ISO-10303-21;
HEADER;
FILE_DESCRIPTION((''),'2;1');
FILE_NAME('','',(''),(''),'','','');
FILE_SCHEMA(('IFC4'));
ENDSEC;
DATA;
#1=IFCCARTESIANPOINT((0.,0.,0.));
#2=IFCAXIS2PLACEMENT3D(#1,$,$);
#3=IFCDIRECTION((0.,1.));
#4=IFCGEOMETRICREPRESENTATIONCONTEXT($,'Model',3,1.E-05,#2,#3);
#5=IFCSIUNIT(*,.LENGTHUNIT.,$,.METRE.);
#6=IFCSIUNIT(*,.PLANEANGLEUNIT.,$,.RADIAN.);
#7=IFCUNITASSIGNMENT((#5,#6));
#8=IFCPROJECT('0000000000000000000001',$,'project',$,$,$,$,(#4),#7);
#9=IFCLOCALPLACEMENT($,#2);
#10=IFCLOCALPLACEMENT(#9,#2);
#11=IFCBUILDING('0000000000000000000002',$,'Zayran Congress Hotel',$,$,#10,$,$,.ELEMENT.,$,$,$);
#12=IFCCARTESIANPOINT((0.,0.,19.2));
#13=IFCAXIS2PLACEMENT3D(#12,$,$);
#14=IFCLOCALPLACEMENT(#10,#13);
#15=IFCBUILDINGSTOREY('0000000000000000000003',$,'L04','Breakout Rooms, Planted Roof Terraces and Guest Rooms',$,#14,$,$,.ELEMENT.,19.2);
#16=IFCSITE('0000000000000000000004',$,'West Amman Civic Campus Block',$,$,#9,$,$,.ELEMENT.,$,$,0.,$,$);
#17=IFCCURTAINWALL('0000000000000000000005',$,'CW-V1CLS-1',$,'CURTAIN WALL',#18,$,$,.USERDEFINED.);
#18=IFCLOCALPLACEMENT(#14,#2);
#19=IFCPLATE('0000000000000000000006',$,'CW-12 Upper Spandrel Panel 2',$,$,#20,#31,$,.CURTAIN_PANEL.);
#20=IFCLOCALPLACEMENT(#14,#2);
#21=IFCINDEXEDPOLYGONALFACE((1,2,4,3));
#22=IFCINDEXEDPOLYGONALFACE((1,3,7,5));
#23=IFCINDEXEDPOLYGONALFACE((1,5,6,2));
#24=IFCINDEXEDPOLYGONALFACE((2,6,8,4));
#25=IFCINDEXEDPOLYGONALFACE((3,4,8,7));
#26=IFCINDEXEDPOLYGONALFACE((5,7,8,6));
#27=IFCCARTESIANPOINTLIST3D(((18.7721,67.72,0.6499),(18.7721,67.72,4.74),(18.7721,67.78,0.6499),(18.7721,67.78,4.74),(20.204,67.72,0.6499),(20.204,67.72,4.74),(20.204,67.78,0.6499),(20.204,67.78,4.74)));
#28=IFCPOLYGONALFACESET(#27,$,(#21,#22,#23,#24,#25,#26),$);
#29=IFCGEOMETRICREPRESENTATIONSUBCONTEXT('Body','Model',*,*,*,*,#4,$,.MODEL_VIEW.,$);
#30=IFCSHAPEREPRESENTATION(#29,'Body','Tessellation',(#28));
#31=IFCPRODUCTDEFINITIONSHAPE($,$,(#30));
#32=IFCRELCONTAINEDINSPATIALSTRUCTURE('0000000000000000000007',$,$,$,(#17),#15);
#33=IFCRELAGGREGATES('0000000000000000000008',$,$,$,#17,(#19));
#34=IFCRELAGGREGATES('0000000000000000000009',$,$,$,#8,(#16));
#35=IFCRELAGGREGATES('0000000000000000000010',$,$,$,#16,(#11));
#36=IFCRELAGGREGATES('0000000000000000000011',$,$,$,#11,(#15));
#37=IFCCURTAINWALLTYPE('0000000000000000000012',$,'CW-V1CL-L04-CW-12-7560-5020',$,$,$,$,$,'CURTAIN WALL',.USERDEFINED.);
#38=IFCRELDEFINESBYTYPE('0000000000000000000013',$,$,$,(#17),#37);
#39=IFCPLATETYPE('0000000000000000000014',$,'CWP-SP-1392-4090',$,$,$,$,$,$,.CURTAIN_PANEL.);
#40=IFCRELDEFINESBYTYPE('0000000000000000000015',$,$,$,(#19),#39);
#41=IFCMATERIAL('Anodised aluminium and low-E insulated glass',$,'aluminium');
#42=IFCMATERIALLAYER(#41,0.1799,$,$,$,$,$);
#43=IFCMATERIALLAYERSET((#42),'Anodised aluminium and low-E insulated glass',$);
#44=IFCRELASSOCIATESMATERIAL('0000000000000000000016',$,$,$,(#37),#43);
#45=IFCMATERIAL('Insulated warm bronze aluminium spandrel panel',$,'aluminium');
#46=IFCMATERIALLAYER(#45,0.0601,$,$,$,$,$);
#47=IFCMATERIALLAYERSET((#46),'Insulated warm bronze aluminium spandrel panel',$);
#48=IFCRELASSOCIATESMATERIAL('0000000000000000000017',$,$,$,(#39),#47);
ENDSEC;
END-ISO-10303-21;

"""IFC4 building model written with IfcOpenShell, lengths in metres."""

from ifc_helpers import new_model, si_unit, direction, frame, origin, origin_2d, place, context, subcontext, project, spatial, rectangle, extrude, material, layer, layer_set, type_object, element, aggregate, save


model = new_model("IFC4")

# Units and contexts
model_context = context("Model", 3, precision=1e-05, world=origin(), true_north=direction((0.0, 1.0)))
body_context = subcontext(model_context, "Body", "Model", "MODEL_VIEW")
ifc_project = project(units=[si_unit("LENGTHUNIT", "METRE"), si_unit("PLANEANGLEUNIT", "RADIAN")], contexts=[model_context])

# Site, building, storey
site_placement = place(None, origin())
site = spatial("IfcSite", under=ifc_project, at=site_placement, Name="West Amman Civic Campus Block", CompositionType="ELEMENT", RefElevation=0.0)
building_placement = place(site_placement, origin())
building = spatial("IfcBuilding", under=site, at=building_placement, Name="Zayran Congress Hotel", CompositionType="ELEMENT")
storey_placement = place(building_placement, frame((0.0, 0.0, 19.2)))
storey = spatial("IfcBuildingStorey", under=building, at=storey_placement, Name="L04", Description="Breakout Rooms, Planted Roof Terraces and Guest Rooms", CompositionType="ELEMENT", Elevation=19.2)

# Curtain wall
ifc_material_1 = material(Name="Anodised aluminium and low-E insulated glass", Category="aluminium")
ifc_layer_1 = layer(ifc_material_1, 0.1799)
ifc_layer_set_1 = layer_set([ifc_layer_1], Name="Anodised aluminium and low-E insulated glass")
curtain_wall_type_1 = type_object("IfcCurtainWallType", Name="CW-V1CL-L04-CW-12-7560-5020", ElementType="CURTAIN WALL", PredefinedType="USERDEFINED", material=ifc_layer_set_1)
curtain_wall_1_placement = place(storey_placement, origin())
curtain_wall_1 = element("IfcCurtainWall", 1, at=curtain_wall_1_placement, inside=storey, type_object=curtain_wall_type_1, Name="CW-V1CLS-1", ObjectType="CURTAIN WALL", PredefinedType="USERDEFINED")

# Plate
ifc_material_2 = material(Name="Insulated warm bronze aluminium spandrel panel", Category="aluminium")
ifc_layer_2 = layer(ifc_material_2, 0.0601)
ifc_layer_set_2 = layer_set([ifc_layer_2], Name="Insulated warm bronze aluminium spandrel panel")
plate_type_1 = type_object("IfcPlateType", Name="CWP-SP-1392-4090", PredefinedType="CURTAIN_PANEL", material=ifc_layer_set_2)
plate_1_placement = place(storey_placement, frame((19.488, 67.75, 0.6499), z_axis=(0.0, 0.0, 1.0), x_axis=(1.0, 0.0, 0.0)))
plate_1 = element("IfcPlate", 2, at=plate_1_placement, type_object=plate_type_1, Name="CW-12 Upper Spandrel Panel 2", PredefinedType="CURTAIN_PANEL", context=body_context, shape_type="SweptSolid", body=[
    extrude(rectangle(XDim=1.4319, YDim=0.0601, at=origin_2d()), origin(), (0.0, 0.0, 1.0), 4.0901),
])
aggregate(curtain_wall_1, [plate_1])

save(model, "model.ifc")
